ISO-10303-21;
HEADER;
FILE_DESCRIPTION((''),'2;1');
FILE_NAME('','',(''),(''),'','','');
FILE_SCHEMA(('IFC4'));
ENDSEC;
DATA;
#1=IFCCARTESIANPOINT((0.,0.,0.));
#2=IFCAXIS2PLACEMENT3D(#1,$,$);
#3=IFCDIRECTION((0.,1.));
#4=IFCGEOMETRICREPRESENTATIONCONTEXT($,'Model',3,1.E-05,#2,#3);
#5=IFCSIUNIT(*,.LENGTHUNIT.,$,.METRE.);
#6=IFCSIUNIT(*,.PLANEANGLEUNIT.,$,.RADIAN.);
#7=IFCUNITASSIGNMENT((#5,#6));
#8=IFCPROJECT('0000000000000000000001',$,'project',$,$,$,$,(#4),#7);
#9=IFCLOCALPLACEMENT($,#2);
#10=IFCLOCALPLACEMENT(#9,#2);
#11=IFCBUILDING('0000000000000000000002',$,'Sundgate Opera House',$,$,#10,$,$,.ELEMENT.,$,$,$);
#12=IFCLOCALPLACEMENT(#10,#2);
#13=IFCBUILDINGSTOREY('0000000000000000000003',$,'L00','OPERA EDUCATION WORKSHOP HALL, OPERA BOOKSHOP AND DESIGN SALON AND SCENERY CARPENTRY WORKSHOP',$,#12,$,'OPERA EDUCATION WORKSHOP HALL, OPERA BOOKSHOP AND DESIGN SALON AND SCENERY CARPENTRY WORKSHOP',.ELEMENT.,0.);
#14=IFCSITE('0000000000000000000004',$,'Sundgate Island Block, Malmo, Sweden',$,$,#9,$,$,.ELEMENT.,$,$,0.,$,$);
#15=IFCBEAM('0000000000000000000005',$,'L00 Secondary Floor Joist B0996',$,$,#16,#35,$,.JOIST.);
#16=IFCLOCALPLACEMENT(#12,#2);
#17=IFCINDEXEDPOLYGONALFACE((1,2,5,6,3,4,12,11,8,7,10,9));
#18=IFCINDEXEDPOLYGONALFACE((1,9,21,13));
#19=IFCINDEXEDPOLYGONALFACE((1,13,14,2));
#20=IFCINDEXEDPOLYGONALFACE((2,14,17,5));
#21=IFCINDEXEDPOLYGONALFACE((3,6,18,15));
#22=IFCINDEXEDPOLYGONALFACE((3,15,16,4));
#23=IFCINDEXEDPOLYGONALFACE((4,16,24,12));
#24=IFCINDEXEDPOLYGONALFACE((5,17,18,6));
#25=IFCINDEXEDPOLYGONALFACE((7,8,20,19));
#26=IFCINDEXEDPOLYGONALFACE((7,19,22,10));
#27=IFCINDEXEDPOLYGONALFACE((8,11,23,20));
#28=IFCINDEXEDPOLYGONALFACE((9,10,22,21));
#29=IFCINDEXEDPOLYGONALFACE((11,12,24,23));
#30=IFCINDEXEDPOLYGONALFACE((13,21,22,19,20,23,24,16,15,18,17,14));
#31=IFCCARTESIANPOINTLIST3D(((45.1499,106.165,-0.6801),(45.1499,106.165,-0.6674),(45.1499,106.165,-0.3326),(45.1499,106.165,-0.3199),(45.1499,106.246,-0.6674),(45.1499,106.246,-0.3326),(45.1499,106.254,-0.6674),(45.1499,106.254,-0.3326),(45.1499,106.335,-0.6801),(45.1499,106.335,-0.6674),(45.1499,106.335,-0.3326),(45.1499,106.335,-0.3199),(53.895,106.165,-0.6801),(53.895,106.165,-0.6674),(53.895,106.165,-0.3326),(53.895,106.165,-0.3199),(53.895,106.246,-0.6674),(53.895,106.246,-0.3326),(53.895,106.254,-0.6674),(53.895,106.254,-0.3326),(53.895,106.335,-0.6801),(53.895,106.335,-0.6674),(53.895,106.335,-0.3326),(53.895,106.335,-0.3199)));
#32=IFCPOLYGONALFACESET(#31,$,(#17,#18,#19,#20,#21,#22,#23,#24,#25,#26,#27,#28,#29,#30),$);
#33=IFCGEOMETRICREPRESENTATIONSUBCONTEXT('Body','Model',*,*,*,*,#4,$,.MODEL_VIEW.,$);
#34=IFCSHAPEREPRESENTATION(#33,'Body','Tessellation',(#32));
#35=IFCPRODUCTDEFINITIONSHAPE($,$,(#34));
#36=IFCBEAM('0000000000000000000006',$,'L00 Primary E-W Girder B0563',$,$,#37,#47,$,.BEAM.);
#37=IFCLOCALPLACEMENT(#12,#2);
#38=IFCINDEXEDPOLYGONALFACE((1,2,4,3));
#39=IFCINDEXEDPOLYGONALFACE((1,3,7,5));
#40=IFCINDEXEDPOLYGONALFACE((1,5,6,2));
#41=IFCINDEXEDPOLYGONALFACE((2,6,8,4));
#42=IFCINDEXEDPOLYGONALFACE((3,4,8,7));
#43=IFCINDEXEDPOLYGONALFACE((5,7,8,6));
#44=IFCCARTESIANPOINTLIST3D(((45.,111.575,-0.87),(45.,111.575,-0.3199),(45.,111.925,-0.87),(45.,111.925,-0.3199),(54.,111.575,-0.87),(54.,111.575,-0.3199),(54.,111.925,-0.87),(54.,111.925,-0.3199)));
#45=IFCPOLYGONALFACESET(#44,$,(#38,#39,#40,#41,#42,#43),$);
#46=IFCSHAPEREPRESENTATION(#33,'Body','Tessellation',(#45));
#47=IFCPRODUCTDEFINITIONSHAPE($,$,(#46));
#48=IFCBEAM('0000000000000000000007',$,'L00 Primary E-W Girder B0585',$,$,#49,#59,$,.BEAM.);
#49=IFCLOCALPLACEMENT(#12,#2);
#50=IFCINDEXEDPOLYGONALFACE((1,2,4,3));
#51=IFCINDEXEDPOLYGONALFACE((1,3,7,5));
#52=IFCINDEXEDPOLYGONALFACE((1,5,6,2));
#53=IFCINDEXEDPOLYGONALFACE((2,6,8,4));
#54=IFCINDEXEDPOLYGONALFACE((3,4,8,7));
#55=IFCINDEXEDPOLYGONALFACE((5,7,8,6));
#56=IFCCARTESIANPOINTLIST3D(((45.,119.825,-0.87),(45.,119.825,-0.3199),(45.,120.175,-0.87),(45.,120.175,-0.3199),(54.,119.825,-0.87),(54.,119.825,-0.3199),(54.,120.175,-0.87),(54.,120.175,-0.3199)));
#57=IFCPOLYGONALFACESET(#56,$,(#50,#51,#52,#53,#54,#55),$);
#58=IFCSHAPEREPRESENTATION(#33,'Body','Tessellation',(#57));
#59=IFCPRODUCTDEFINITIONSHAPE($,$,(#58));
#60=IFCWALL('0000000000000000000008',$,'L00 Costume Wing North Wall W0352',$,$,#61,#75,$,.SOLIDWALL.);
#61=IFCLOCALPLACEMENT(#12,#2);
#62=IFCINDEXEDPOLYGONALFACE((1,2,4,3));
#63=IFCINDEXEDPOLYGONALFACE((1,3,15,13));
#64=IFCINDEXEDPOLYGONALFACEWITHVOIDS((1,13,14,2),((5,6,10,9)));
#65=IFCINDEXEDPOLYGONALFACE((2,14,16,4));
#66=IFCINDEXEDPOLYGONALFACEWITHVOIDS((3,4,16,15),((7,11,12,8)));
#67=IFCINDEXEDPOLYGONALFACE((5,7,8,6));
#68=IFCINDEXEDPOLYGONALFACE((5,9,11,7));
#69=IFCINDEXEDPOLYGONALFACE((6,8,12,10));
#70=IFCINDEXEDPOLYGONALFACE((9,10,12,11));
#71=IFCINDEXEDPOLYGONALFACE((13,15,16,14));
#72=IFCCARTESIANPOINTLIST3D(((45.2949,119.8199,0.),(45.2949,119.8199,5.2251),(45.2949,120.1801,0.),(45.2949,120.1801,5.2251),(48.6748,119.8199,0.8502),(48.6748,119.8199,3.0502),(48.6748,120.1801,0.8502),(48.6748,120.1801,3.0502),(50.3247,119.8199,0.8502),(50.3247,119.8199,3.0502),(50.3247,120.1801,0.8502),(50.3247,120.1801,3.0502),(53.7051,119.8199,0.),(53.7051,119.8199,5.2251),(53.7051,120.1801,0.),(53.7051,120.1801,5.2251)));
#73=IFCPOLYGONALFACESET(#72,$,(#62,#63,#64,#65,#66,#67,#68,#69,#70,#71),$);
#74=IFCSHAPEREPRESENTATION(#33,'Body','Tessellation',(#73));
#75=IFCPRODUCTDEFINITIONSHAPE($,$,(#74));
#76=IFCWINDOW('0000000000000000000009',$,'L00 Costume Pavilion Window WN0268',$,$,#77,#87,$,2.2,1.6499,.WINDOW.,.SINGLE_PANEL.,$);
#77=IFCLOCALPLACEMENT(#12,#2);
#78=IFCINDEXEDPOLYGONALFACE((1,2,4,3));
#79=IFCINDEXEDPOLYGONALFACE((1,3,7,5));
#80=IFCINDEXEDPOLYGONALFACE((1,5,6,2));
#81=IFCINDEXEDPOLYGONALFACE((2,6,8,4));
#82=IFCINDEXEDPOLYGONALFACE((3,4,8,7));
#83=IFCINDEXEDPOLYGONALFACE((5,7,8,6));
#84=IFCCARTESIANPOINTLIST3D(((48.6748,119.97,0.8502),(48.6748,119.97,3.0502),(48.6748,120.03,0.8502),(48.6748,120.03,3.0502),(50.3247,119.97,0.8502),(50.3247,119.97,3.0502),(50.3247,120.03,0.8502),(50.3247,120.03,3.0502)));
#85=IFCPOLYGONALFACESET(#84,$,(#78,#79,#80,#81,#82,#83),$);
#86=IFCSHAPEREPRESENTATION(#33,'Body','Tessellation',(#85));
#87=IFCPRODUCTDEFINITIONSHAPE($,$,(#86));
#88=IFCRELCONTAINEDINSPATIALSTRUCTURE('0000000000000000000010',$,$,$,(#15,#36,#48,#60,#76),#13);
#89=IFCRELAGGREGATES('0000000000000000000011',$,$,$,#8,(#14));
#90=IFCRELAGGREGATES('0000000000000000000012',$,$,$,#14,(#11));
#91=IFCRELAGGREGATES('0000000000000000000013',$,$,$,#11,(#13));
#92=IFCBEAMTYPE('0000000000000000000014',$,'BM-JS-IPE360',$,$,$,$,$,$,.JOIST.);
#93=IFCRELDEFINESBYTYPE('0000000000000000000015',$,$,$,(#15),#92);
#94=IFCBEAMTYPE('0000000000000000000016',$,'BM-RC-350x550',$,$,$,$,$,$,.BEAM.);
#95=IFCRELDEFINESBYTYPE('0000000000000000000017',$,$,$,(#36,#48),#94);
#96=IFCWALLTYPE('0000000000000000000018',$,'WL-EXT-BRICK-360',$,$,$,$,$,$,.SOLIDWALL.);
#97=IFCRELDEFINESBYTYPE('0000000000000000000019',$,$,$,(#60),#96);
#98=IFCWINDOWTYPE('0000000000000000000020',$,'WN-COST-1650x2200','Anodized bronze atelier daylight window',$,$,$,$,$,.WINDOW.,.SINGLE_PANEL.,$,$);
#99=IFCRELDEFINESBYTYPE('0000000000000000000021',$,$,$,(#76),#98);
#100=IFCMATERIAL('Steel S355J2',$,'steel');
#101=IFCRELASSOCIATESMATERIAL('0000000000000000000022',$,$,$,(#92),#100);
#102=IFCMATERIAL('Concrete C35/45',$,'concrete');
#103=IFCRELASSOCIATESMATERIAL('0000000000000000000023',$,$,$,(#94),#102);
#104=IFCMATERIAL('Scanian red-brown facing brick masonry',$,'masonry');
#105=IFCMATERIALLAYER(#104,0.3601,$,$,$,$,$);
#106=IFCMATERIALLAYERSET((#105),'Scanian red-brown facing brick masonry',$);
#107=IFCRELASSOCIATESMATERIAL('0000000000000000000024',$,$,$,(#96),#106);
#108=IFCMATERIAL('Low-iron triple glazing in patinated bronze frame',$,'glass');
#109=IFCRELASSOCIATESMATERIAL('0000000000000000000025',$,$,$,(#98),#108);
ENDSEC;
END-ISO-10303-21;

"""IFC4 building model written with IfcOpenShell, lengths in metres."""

from ifc_helpers import new_model, si_unit, direction, frame, frame_2d, origin, origin_2d, place, context, subcontext, project, spatial, rectangle, i_section, extrude, material, layer, layer_set, material_profile, profile_set, type_object, element, fill, save


model = new_model("IFC4")

# Units and contexts
model_context = context("Model", 3, precision=1e-05, world=origin(), true_north=direction((0.0, 1.0)))
body_context = subcontext(model_context, "Body", "Model", "MODEL_VIEW")
ifc_project = project(units=[si_unit("LENGTHUNIT", "METRE"), si_unit("PLANEANGLEUNIT", "RADIAN")], contexts=[model_context])

# Site, building, storey
site_placement = place(None, origin())
site = spatial("IfcSite", under=ifc_project, at=site_placement, Name="Sundgate Island Block, Malmo, Sweden", CompositionType="ELEMENT", RefElevation=0.0)
building_placement = place(site_placement, origin())
building = spatial("IfcBuilding", under=site, at=building_placement, Name="Sundgate Opera House", CompositionType="ELEMENT")
storey_placement = place(building_placement, origin())
storey = spatial("IfcBuildingStorey", under=building, at=storey_placement, Name="L00", Description="OPERA EDUCATION WORKSHOP HALL, OPERA BOOKSHOP AND DESIGN SALON AND SCENERY CARPENTRY WORKSHOP", LongName="OPERA EDUCATION WORKSHOP HALL, OPERA BOOKSHOP AND DESIGN SALON AND SCENERY CARPENTRY WORKSHOP", CompositionType="ELEMENT", Elevation=0.0)

# Beams
ifc_material_1 = material(Name="Steel S355J2", Category="steel")
ifc_material_profile_1 = material_profile(ifc_material_1, i_section(OverallWidth=0.1699, OverallDepth=0.3601, WebThickness=0.0081, FlangeThickness=0.0127, at=origin_2d()), Name="IPE 360")
ifc_profile_set_1 = profile_set([ifc_material_profile_1], Name="Steel S355J2")
beam_type_1 = type_object("IfcBeamType", Name="BM-JS-IPE360", PredefinedType="JOIST", material=ifc_profile_set_1)
beam_1_placement = place(storey_placement, frame((45.1499, 106.25, -0.5), z_axis=(1.0, 0.0, 0.0), x_axis=(0.0, 1.0, 0.0)))
element("IfcBeam", 1, at=beam_1_placement, inside=storey, type_object=beam_type_1, Name="L00 Secondary Floor Joist B0996", PredefinedType="JOIST", context=body_context, shape_type="SweptSolid", body=[
    extrude(i_section(OverallWidth=0.1699, OverallDepth=0.3601, WebThickness=0.0081, FlangeThickness=0.0127, at=origin_2d()), origin(), (0.0, 0.0, 1.0), 8.7451),
])
ifc_material_2 = material(Name="Concrete C35/45", Category="concrete")
ifc_material_profile_2 = material_profile(ifc_material_2, rectangle(XDim=0.3501, YDim=0.55, at=origin_2d()), Name="RC 350x550")
ifc_profile_set_2 = profile_set([ifc_material_profile_2], Name="Concrete C35/45")
beam_type_2 = type_object("IfcBeamType", Name="BM-RC-350x550", PredefinedType="BEAM", material=ifc_profile_set_2)
for number, where, z_axis, x_axis, name in (
    (2, (45.0, 111.75, -0.595), (1.0, 0.0, 0.0), (0.0, 1.0, 0.0), "L00 Primary E-W Girder B0563"),
    (3, (45.0, 120.0, -0.595), (1.0, 0.0, 0.0), (0.0, 1.0, 0.0), "L00 Primary E-W Girder B0585"),
):
    element("IfcBeam", number, at=place(storey_placement, frame(where, z_axis=z_axis, x_axis=x_axis)), inside=storey, type_object=beam_type_2, Name=name, PredefinedType="BEAM", context=body_context, shape_type="SweptSolid", body=[
        extrude(rectangle(XDim=0.3501, YDim=0.55, at=origin_2d()), origin(), (0.0, 0.0, 1.0), 9.0),
    ])

# Wall, opening, window
ifc_material_3 = material(Name="Scanian red-brown facing brick masonry", Category="masonry")
ifc_layer = layer(ifc_material_3, 0.3601)
ifc_layer_set = layer_set([ifc_layer], Name="Scanian red-brown facing brick masonry")
wall_type = type_object("IfcWallType", Name="WL-EXT-BRICK-360", PredefinedType="SOLIDWALL", material=ifc_layer_set)
wall_placement = place(storey_placement, frame((45.2949, 120.0, 0.0), z_axis=(0.0, 0.0, 1.0), x_axis=(1.0, 0.0, 0.0)))
wall = element("IfcWall", 4, at=wall_placement, inside=storey, type_object=wall_type, Name="L00 Costume Wing North Wall W0352", PredefinedType="SOLIDWALL", context=body_context, shape_type="SweptSolid", body=[
    extrude(rectangle(XDim=8.4102, YDim=0.3601, at=frame_2d((4.2051, 0.0))), origin(), (0.0, 0.0, 1.0), 5.2251),
])
opening_placement = place(wall_placement, frame((3.3799, 0.0, 0.8501)))
opening = element("IfcOpeningElement", 5, at=opening_placement, cuts=wall, PredefinedType="OPENING", context=body_context, shape_type="SweptSolid", body=[
    extrude(rectangle(XDim=1.6499, YDim=2.2, at=frame_2d((0.825, 1.1001))), frame((0.0, 0.1899, 0.0), z_axis=(0.0, -1.0, 0.0), x_axis=(1.0, 0.0, 0.0)), (0.0, 0.0, 1.0), 0.3801),
])
ifc_material_4 = material(Name="Low-iron triple glazing in patinated bronze frame", Category="glass")
window_type = type_object("IfcWindowType", Name="WN-COST-1650x2200", Description="Anodized bronze atelier daylight window", PartitioningType="SINGLE_PANEL", PredefinedType="WINDOW", material=ifc_material_4)
window_placement = place(opening_placement, origin())
window = element("IfcWindow", 6, at=window_placement, inside=storey, type_object=window_type, Name="L00 Costume Pavilion Window WN0268", OverallHeight=2.2, OverallWidth=1.6499, PartitioningType="SINGLE_PANEL", PredefinedType="WINDOW", context=body_context, shape_type="SweptSolid", body=[
    extrude(rectangle(XDim=1.6499, YDim=2.2, at=frame_2d((0.825, 1.1001))), frame((0.0, 0.03, 0.0), z_axis=(0.0, -1.0, 0.0), x_axis=(1.0, 0.0, 0.0)), (0.0, 0.0, 1.0), 0.0601),
])
fill(opening, window)

save(model, "model.ifc")
